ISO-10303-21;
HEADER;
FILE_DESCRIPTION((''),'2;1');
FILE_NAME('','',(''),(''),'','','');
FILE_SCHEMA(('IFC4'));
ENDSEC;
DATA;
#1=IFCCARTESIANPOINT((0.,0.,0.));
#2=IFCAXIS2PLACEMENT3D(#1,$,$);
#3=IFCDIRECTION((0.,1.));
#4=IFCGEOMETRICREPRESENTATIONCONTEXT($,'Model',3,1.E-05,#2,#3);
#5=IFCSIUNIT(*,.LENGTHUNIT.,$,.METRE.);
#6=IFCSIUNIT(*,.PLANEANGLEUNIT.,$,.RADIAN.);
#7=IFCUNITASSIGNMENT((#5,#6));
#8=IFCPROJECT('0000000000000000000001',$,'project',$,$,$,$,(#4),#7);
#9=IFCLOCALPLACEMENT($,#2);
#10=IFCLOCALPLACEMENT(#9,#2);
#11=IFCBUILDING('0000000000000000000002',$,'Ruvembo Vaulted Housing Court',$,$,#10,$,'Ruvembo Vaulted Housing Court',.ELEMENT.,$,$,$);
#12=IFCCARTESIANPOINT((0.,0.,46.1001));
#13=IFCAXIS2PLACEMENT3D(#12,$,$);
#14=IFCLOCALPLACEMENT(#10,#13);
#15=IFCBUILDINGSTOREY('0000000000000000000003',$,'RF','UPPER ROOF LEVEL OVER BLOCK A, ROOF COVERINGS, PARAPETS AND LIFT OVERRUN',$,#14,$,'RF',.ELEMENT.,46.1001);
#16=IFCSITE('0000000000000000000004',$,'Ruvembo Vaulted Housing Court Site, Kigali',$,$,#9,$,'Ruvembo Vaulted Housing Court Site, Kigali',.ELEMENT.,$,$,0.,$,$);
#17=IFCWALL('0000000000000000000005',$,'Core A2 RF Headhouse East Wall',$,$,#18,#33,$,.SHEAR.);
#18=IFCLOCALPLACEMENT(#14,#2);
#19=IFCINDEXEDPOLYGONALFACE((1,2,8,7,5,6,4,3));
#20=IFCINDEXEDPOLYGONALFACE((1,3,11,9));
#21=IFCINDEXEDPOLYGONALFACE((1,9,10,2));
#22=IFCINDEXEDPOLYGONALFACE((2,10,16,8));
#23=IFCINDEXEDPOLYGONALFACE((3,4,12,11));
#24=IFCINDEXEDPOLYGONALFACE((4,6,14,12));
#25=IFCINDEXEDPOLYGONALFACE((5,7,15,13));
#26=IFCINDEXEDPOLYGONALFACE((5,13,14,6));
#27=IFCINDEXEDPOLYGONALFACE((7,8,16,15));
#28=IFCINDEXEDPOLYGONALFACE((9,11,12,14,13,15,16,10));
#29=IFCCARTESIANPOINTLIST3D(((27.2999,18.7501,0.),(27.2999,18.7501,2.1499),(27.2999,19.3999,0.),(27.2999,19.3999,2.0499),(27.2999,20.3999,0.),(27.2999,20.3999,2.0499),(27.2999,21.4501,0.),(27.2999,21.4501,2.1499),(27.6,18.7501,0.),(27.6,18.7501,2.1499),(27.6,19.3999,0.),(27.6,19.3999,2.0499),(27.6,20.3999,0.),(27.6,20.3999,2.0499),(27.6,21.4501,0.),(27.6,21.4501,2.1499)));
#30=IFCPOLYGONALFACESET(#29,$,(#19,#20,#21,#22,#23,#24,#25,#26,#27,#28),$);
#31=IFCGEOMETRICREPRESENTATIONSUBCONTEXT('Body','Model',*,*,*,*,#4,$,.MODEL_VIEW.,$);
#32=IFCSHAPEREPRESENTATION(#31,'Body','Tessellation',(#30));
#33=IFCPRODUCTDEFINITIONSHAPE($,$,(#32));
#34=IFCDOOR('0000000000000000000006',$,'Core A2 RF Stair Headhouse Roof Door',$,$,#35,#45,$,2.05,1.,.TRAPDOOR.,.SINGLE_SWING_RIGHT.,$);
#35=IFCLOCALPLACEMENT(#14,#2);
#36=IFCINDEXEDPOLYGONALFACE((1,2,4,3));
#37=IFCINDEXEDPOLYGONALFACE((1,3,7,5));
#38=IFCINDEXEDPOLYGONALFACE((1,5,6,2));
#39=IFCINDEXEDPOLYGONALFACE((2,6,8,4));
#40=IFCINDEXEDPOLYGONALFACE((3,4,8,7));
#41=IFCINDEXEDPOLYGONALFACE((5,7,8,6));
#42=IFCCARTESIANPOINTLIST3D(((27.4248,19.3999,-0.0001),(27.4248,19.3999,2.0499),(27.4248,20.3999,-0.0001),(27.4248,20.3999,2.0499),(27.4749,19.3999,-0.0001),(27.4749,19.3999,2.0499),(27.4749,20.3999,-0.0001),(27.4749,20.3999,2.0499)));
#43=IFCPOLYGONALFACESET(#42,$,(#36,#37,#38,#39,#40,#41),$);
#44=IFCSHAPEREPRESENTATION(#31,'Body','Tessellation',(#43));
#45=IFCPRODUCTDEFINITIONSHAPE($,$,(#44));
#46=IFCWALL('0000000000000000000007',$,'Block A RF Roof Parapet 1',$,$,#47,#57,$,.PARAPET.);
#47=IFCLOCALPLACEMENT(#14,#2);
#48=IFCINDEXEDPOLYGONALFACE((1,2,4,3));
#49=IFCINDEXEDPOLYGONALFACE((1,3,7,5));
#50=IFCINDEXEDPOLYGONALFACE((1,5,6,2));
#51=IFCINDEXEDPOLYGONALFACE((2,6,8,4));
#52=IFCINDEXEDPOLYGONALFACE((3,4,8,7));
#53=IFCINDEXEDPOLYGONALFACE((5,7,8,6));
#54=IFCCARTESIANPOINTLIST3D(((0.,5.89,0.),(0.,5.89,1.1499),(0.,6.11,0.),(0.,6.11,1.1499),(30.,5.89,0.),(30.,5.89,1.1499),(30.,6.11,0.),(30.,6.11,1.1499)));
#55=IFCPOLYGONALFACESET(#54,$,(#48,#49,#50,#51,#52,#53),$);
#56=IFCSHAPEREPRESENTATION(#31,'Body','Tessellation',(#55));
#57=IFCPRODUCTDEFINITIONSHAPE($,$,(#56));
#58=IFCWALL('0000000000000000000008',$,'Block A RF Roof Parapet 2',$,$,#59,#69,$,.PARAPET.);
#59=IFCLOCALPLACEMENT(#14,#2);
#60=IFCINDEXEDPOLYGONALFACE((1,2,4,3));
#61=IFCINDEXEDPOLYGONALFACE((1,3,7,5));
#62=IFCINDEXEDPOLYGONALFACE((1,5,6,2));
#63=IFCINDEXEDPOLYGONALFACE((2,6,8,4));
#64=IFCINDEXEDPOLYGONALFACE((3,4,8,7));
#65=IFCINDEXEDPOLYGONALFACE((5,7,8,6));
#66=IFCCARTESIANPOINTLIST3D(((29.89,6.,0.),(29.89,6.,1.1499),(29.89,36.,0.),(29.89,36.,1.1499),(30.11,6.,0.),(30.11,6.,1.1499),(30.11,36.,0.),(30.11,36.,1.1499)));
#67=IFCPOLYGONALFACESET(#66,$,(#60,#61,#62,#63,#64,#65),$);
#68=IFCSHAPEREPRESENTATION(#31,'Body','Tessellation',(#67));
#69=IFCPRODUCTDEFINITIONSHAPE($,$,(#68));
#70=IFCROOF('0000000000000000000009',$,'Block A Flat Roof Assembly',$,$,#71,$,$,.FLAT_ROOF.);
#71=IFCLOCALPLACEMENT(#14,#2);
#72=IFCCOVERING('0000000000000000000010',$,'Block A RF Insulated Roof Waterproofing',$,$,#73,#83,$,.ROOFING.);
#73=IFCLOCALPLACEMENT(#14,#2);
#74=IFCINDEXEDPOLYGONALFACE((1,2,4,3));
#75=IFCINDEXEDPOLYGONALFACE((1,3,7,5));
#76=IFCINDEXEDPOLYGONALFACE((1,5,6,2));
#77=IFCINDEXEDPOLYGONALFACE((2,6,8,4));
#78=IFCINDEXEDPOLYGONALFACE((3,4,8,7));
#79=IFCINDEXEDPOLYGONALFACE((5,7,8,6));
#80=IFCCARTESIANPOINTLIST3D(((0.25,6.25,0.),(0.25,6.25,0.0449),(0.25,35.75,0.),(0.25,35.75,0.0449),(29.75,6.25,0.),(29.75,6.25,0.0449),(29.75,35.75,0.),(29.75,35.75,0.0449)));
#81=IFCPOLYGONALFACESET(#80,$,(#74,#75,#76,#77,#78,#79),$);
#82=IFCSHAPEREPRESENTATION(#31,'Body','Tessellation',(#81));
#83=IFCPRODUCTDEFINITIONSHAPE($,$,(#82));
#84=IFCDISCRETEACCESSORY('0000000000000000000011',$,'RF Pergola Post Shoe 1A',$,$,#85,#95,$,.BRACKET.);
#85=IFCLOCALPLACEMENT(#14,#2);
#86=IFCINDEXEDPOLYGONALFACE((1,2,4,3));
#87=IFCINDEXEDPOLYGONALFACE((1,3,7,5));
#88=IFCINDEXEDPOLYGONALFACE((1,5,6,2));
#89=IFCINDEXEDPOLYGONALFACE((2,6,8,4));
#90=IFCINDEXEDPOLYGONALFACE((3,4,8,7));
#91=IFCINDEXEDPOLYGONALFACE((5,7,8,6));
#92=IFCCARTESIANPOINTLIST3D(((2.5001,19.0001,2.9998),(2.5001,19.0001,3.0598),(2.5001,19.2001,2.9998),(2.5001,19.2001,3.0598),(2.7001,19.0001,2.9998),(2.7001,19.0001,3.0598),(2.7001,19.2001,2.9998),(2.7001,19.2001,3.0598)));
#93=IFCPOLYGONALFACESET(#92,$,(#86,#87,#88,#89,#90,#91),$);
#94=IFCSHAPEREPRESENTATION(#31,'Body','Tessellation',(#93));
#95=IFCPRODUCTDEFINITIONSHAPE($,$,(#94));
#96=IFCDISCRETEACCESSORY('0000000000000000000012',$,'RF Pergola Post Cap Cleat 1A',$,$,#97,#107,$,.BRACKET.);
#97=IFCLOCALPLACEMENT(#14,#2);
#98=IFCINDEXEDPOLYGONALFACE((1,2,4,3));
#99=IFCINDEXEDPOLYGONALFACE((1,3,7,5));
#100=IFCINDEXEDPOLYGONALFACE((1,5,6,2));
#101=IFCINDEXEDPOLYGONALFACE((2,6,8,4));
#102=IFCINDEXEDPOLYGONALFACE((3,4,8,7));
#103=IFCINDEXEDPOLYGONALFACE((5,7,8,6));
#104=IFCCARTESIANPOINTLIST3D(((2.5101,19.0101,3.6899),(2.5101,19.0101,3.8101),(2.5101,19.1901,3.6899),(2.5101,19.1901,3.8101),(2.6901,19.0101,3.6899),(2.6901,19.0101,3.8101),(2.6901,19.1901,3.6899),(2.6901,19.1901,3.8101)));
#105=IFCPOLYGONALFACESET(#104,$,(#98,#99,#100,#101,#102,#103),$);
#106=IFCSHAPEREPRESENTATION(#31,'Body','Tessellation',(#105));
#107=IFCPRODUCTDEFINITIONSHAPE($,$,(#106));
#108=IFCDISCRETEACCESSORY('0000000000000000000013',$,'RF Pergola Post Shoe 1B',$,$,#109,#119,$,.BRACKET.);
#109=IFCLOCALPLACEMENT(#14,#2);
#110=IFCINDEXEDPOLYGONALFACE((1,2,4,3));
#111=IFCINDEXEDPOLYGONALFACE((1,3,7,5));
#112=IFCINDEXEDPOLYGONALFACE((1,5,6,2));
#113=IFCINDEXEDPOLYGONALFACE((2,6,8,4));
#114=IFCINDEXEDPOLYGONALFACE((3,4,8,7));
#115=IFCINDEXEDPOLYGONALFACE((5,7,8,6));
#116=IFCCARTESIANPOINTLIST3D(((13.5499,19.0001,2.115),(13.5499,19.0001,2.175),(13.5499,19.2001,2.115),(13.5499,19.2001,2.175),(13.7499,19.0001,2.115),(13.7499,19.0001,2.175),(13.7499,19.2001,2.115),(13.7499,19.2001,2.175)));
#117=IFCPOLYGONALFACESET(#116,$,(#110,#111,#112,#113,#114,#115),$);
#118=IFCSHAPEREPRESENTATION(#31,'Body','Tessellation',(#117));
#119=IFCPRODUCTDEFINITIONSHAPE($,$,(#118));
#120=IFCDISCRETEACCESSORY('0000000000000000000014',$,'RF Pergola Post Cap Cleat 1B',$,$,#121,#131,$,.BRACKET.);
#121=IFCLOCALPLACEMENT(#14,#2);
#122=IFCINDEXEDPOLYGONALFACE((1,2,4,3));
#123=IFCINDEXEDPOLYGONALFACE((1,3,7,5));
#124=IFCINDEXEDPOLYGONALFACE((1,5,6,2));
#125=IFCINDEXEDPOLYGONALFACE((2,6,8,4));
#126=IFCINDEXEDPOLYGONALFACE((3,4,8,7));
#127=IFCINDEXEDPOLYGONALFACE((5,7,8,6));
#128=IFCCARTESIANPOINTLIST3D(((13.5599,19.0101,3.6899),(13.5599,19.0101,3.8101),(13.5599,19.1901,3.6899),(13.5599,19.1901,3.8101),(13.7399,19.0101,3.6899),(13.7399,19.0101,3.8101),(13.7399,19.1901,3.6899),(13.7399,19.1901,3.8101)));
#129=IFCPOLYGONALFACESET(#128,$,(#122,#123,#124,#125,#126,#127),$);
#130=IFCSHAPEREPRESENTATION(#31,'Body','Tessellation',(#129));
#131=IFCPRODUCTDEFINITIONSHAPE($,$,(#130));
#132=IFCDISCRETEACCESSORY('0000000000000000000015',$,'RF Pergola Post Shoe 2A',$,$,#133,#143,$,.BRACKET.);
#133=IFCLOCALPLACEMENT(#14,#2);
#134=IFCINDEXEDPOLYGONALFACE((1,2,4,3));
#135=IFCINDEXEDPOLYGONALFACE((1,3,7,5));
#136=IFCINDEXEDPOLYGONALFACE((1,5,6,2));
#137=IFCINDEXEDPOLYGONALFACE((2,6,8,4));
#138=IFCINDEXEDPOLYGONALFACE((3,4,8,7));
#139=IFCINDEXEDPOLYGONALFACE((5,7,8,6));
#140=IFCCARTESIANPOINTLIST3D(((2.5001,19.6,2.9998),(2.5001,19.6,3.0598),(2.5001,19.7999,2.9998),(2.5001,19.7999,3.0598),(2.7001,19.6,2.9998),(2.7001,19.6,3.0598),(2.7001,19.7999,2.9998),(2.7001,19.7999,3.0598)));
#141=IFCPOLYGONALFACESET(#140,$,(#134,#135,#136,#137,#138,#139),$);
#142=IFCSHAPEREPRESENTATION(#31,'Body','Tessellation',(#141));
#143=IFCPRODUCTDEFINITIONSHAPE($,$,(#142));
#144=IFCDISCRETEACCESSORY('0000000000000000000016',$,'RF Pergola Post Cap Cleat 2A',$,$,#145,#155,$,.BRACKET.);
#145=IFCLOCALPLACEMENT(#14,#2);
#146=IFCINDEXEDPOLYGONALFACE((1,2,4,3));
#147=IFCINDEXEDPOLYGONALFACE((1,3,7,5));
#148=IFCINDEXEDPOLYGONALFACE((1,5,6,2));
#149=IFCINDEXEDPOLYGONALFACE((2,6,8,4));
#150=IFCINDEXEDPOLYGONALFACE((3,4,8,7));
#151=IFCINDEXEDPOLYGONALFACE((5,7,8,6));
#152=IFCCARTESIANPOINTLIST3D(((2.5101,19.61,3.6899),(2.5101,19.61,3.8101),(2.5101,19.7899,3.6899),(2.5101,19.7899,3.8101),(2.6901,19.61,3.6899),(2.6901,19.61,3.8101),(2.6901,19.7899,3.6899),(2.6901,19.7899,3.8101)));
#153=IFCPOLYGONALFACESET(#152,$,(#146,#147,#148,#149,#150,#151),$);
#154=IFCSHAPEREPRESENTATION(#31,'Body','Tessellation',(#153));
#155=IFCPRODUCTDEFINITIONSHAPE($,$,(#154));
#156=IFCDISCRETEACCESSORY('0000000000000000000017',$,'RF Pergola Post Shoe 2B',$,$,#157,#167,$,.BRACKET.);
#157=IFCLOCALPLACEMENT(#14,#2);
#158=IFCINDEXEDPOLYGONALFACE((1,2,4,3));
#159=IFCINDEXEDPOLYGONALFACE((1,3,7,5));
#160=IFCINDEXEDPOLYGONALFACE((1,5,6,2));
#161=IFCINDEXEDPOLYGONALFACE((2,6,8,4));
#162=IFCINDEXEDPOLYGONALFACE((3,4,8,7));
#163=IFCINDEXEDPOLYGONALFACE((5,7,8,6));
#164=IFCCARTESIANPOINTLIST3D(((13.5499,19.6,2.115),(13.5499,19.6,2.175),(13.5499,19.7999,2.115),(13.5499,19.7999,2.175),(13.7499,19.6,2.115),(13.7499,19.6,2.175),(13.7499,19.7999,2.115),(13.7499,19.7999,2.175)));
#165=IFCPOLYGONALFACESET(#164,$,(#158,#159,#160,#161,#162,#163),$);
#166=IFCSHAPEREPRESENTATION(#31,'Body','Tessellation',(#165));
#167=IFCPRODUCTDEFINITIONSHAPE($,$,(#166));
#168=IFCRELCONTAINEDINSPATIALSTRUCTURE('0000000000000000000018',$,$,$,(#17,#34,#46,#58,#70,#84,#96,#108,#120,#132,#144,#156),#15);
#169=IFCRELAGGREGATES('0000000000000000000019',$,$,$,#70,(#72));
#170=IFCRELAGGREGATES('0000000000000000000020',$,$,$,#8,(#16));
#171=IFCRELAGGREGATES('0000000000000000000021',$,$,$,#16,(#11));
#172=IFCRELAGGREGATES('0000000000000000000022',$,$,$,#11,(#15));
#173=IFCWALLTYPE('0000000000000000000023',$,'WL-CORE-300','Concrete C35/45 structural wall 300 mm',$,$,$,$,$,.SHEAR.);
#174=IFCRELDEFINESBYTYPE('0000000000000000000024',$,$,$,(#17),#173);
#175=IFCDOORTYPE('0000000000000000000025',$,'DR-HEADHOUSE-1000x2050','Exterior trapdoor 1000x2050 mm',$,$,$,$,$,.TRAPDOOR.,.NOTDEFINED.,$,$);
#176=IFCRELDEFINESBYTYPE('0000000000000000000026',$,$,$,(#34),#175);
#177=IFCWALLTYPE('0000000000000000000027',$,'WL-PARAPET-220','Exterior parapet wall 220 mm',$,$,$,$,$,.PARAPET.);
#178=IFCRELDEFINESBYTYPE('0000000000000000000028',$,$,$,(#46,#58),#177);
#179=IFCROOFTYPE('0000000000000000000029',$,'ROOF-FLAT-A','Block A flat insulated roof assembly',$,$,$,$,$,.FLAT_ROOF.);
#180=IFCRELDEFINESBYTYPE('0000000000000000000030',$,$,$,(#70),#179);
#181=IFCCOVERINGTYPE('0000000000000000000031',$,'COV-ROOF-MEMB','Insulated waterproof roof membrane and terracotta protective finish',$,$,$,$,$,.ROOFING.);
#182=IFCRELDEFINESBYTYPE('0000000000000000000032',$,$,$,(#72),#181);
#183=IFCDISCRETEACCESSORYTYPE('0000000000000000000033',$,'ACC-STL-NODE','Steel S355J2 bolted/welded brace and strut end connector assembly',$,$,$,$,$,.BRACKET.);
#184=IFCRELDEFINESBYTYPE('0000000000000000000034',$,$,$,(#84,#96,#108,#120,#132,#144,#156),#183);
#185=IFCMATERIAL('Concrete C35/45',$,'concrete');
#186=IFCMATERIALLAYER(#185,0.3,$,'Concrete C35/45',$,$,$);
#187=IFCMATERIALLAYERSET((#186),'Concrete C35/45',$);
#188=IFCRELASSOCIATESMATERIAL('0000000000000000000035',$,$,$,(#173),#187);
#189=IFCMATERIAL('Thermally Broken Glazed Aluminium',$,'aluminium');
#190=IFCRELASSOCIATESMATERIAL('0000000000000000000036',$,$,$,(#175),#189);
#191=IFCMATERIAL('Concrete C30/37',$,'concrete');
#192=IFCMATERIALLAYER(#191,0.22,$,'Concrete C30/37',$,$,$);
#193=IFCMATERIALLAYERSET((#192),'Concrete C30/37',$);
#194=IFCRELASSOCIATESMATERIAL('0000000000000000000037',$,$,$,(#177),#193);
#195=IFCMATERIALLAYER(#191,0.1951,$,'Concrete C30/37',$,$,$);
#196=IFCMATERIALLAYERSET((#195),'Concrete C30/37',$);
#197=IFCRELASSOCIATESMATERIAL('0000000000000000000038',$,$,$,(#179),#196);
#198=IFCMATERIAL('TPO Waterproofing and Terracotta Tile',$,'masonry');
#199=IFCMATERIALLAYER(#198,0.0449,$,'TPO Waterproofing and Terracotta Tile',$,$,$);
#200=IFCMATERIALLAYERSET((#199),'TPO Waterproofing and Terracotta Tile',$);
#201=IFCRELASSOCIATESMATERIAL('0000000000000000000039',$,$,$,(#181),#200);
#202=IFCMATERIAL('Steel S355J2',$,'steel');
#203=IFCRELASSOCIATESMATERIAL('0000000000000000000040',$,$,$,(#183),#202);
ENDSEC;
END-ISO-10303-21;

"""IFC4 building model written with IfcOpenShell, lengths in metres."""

from ifc_helpers import new_model, si_unit, direction, frame, frame_2d, origin, origin_2d, place, context, subcontext, project, spatial, polyline, rectangle, outline, extrude, material, layer, layer_set, type_object, element, fill, aggregate, save


model = new_model("IFC4")

# Units and contexts
model_context = context("Model", 3, precision=1e-05, world=origin(), true_north=direction((0.0, 1.0)))
body_context = subcontext(model_context, "Body", "Model", "MODEL_VIEW")
ifc_project = project(units=[si_unit("LENGTHUNIT", "METRE"), si_unit("PLANEANGLEUNIT", "RADIAN")], contexts=[model_context])

# Site, building, storey
site_placement = place(None, origin())
site = spatial("IfcSite", under=ifc_project, at=site_placement, Name="Ruvembo Vaulted Housing Court Site, Kigali", LongName="Ruvembo Vaulted Housing Court Site, Kigali", CompositionType="ELEMENT", RefElevation=0.0)
building_placement = place(site_placement, origin())
building = spatial("IfcBuilding", under=site, at=building_placement, Name="Ruvembo Vaulted Housing Court", LongName="Ruvembo Vaulted Housing Court", CompositionType="ELEMENT")
storey_placement = place(building_placement, frame((0.0, 0.0, 46.1001)))
storey = spatial("IfcBuildingStorey", under=building, at=storey_placement, Name="RF", Description="UPPER ROOF LEVEL OVER BLOCK A, ROOF COVERINGS, PARAPETS AND LIFT OVERRUN", LongName="RF", CompositionType="ELEMENT", Elevation=46.1001)

# Shared definitions
ifc_material_1 = material(Name="Steel S355J2", Category="steel")

# Shared definitions
ifc_material_2 = material(Name="Concrete C30/37", Category="concrete")

# Shared definitions
ifc_material_3 = material(Name="Concrete C35/45", Category="concrete")
ifc_layer_1 = layer(ifc_material_3, 0.3, Name="Concrete C35/45")
ifc_layer_set_1 = layer_set([ifc_layer_1], Name="Concrete C35/45")
wall_type_1 = type_object("IfcWallType", Name="WL-CORE-300", Description="Concrete C35/45 structural wall 300 mm", PredefinedType="SHEAR", material=ifc_layer_set_1)

# Shared definitions
ifc_material_4 = material(Name="Thermally Broken Glazed Aluminium", Category="aluminium")
door_type = type_object("IfcDoorType", Name="DR-HEADHOUSE-1000x2050", Description="Exterior trapdoor 1000x2050 mm", OperationType="NOTDEFINED", PredefinedType="TRAPDOOR", material=ifc_material_4)

# Wall, opening, door
wall_1_placement = place(storey_placement, frame((27.45, 18.75, 0.0), z_axis=(0.0, 0.0, 1.0), x_axis=(0.0, 1.0, 0.0)))
wall_1 = element("IfcWall", 1, at=wall_1_placement, inside=storey, type_object=wall_type_1, Name="Core A2 RF Headhouse East Wall", PredefinedType="SHEAR", context=body_context, shape_type="SweptSolid", body=[
    extrude(rectangle(XDim=2.7, YDim=0.3, at=frame_2d((1.3501, 0.0))), origin(), (0.0, 0.0, 1.0), 2.1499),
])
opening_1_placement = place(wall_1_placement, frame((0.6499, 0.0, 0.0)))
opening_1 = element("IfcOpeningElement", 2, at=opening_1_placement, cuts=wall_1, PredefinedType="OPENING", context=body_context, shape_type="SweptSolid", body=[
    extrude(rectangle(XDim=1.0, YDim=2.05, at=frame_2d((0.5, 1.0249))), frame((0.0, 0.1599, 0.0), z_axis=(0.0, -1.0, 0.0), x_axis=(1.0, 0.0, 0.0)), (0.0, 0.0, 1.0), 0.3201),
])
door_1_placement = place(opening_1_placement, frame((1.0, 0.0, 0.0), z_axis=(0.0, 0.0, 1.0), x_axis=(-1.0, 0.0, 0.0)))
door_1 = element("IfcDoor", 3, at=door_1_placement, inside=storey, type_object=door_type, Name="Core A2 RF Stair Headhouse Roof Door", OperationType="SINGLE_SWING_RIGHT", OverallHeight=2.05, OverallWidth=1.0, PredefinedType="TRAPDOOR", context=body_context, shape_type="SweptSolid", body=[
    extrude(rectangle(XDim=1.0, YDim=2.05, at=frame_2d((0.5, 1.0249))), frame((0.0, 0.0249, 0.0), z_axis=(0.0, -1.0, 0.0), x_axis=(1.0, 0.0, 0.0)), (0.0, 0.0, 1.0), 0.05),
])
fill(opening_1, door_1)

# Walls
ifc_layer_2 = layer(ifc_material_2, 0.22, Name="Concrete C30/37")
ifc_layer_set_2 = layer_set([ifc_layer_2], Name="Concrete C30/37")
wall_type_2 = type_object("IfcWallType", Name="WL-PARAPET-220", Description="Exterior parapet wall 220 mm", PredefinedType="PARAPET", material=ifc_layer_set_2)
for number, where, z_axis, x_axis, name in (
    (4, (0.0, 6.0, 0.0), (0.0, 0.0, 1.0), (1.0, 0.0, 0.0), "Block A RF Roof Parapet 1"),
    (5, (30.0, 6.0, 0.0), (0.0, 0.0, 1.0), (0.0, 1.0, 0.0), "Block A RF Roof Parapet 2"),
):
    element("IfcWall", number, at=place(storey_placement, frame(where, z_axis=z_axis, x_axis=x_axis)), inside=storey, type_object=wall_type_2, Name=name, PredefinedType="PARAPET", context=body_context, shape_type="SweptSolid", body=[
        extrude(rectangle(XDim=30.0, YDim=0.22, at=frame_2d((15.0, 0.0))), origin(), (0.0, 0.0, 1.0), 1.1499),
    ])

# Roof, covering
ifc_layer_3 = layer(ifc_material_2, 0.1951, Name="Concrete C30/37")
ifc_layer_set_3 = layer_set([ifc_layer_3], Name="Concrete C30/37")
roof_type = type_object("IfcRoofType", Name="ROOF-FLAT-A", Description="Block A flat insulated roof assembly", PredefinedType="FLAT_ROOF", material=ifc_layer_set_3)
roof_placement = place(storey_placement, origin())
roof = element("IfcRoof", 6, at=roof_placement, inside=storey, type_object=roof_type, Name="Block A Flat Roof Assembly", PredefinedType="FLAT_ROOF")
ifc_material_5 = material(Name="TPO Waterproofing and Terracotta Tile", Category="masonry")
ifc_layer_4 = layer(ifc_material_5, 0.0449, Name="TPO Waterproofing and Terracotta Tile")
ifc_layer_set_4 = layer_set([ifc_layer_4], Name="TPO Waterproofing and Terracotta Tile")
covering_type = type_object("IfcCoveringType", Name="COV-ROOF-MEMB", Description="Insulated waterproof roof membrane and terracotta protective finish", PredefinedType="ROOFING", material=ifc_layer_set_4)
covering_placement = place(storey_placement, origin())
covering = element("IfcCovering", 7, at=covering_placement, type_object=covering_type, Name="Block A RF Insulated Roof Waterproofing", PredefinedType="ROOFING", context=body_context, shape_type="SweptSolid", body=[
    extrude(outline(polyline([(0.25, 6.25), (29.75, 6.25), (29.75, 35.75), (0.25, 35.75), (0.25, 6.25)])), origin(), (0.0, 0.0, 1.0), 0.0449),
])
aggregate(roof, [covering])

# Discrete accessories
discrete_accessory_type = type_object("IfcDiscreteAccessoryType", Name="ACC-STL-NODE", Description="Steel S355J2 bolted/welded brace and strut end connector assembly", PredefinedType="BRACKET", material=ifc_material_1)
discrete_accessory_1_placement = place(storey_placement, frame((2.6001, 19.1001, 2.9998), z_axis=(0.0, 0.0, 1.0), x_axis=(1.0, 0.0, 0.0)))
element("IfcDiscreteAccessory", 8, at=discrete_accessory_1_placement, inside=storey, type_object=discrete_accessory_type, Name="RF Pergola Post Shoe 1A", PredefinedType="BRACKET", context=body_context, shape_type="SweptSolid", body=[
    extrude(rectangle(XDim=0.2, YDim=0.2, at=origin_2d()), origin(), (0.0, 0.0, 1.0), 0.0601),
])
discrete_accessory_2_placement = place(storey_placement, frame((2.6001, 19.1001, 3.6899), z_axis=(0.0, 0.0, 1.0), x_axis=(1.0, 0.0, 0.0)))
element("IfcDiscreteAccessory", 9, at=discrete_accessory_2_placement, inside=storey, type_object=discrete_accessory_type, Name="RF Pergola Post Cap Cleat 1A", PredefinedType="BRACKET", context=body_context, shape_type="SweptSolid", body=[
    extrude(rectangle(XDim=0.1799, YDim=0.1799, at=origin_2d()), origin(), (0.0, 0.0, 1.0), 0.1201),
])
discrete_accessory_3_placement = place(storey_placement, frame((13.6499, 19.1001, 2.115), z_axis=(0.0, 0.0, 1.0), x_axis=(1.0, 0.0, 0.0)))
element("IfcDiscreteAccessory", 10, at=discrete_accessory_3_placement, inside=storey, type_object=discrete_accessory_type, Name="RF Pergola Post Shoe 1B", PredefinedType="BRACKET", context=body_context, shape_type="SweptSolid", body=[
    extrude(rectangle(XDim=0.2, YDim=0.2, at=origin_2d()), origin(), (0.0, 0.0, 1.0), 0.0601),
])
discrete_accessory_4_placement = place(storey_placement, frame((13.6499, 19.1001, 3.6899), z_axis=(0.0, 0.0, 1.0), x_axis=(1.0, 0.0, 0.0)))
element("IfcDiscreteAccessory", 11, at=discrete_accessory_4_placement, inside=storey, type_object=discrete_accessory_type, Name="RF Pergola Post Cap Cleat 1B", PredefinedType="BRACKET", context=body_context, shape_type="SweptSolid", body=[
    extrude(rectangle(XDim=0.1799, YDim=0.1799, at=origin_2d()), origin(), (0.0, 0.0, 1.0), 0.1201),
])
discrete_accessory_5_placement = place(storey_placement, frame((2.6001, 19.7, 2.9998), z_axis=(0.0, 0.0, 1.0), x_axis=(1.0, 0.0, 0.0)))
element("IfcDiscreteAccessory", 12, at=discrete_accessory_5_placement, inside=storey, type_object=discrete_accessory_type, Name="RF Pergola Post Shoe 2A", PredefinedType="BRACKET", context=body_context, shape_type="SweptSolid", body=[
    extrude(rectangle(XDim=0.2, YDim=0.2, at=origin_2d()), origin(), (0.0, 0.0, 1.0), 0.0601),
])
discrete_accessory_6_placement = place(storey_placement, frame((2.6001, 19.7, 3.6899), z_axis=(0.0, 0.0, 1.0), x_axis=(1.0, 0.0, 0.0)))
element("IfcDiscreteAccessory", 13, at=discrete_accessory_6_placement, inside=storey, type_object=discrete_accessory_type, Name="RF Pergola Post Cap Cleat 2A", PredefinedType="BRACKET", context=body_context, shape_type="SweptSolid", body=[
    extrude(rectangle(XDim=0.1799, YDim=0.1799, at=origin_2d()), origin(), (0.0, 0.0, 1.0), 0.1201),
])
discrete_accessory_7_placement = place(storey_placement, frame((13.6499, 19.7, 2.115), z_axis=(0.0, 0.0, 1.0), x_axis=(1.0, 0.0, 0.0)))
element("IfcDiscreteAccessory", 14, at=discrete_accessory_7_placement, inside=storey, type_object=discrete_accessory_type, Name="RF Pergola Post Shoe 2B", PredefinedType="BRACKET", context=body_context, shape_type="SweptSolid", body=[
    extrude(rectangle(XDim=0.2, YDim=0.2, at=origin_2d()), origin(), (0.0, 0.0, 1.0), 0.0601),
])

save(model, "model.ifc")
